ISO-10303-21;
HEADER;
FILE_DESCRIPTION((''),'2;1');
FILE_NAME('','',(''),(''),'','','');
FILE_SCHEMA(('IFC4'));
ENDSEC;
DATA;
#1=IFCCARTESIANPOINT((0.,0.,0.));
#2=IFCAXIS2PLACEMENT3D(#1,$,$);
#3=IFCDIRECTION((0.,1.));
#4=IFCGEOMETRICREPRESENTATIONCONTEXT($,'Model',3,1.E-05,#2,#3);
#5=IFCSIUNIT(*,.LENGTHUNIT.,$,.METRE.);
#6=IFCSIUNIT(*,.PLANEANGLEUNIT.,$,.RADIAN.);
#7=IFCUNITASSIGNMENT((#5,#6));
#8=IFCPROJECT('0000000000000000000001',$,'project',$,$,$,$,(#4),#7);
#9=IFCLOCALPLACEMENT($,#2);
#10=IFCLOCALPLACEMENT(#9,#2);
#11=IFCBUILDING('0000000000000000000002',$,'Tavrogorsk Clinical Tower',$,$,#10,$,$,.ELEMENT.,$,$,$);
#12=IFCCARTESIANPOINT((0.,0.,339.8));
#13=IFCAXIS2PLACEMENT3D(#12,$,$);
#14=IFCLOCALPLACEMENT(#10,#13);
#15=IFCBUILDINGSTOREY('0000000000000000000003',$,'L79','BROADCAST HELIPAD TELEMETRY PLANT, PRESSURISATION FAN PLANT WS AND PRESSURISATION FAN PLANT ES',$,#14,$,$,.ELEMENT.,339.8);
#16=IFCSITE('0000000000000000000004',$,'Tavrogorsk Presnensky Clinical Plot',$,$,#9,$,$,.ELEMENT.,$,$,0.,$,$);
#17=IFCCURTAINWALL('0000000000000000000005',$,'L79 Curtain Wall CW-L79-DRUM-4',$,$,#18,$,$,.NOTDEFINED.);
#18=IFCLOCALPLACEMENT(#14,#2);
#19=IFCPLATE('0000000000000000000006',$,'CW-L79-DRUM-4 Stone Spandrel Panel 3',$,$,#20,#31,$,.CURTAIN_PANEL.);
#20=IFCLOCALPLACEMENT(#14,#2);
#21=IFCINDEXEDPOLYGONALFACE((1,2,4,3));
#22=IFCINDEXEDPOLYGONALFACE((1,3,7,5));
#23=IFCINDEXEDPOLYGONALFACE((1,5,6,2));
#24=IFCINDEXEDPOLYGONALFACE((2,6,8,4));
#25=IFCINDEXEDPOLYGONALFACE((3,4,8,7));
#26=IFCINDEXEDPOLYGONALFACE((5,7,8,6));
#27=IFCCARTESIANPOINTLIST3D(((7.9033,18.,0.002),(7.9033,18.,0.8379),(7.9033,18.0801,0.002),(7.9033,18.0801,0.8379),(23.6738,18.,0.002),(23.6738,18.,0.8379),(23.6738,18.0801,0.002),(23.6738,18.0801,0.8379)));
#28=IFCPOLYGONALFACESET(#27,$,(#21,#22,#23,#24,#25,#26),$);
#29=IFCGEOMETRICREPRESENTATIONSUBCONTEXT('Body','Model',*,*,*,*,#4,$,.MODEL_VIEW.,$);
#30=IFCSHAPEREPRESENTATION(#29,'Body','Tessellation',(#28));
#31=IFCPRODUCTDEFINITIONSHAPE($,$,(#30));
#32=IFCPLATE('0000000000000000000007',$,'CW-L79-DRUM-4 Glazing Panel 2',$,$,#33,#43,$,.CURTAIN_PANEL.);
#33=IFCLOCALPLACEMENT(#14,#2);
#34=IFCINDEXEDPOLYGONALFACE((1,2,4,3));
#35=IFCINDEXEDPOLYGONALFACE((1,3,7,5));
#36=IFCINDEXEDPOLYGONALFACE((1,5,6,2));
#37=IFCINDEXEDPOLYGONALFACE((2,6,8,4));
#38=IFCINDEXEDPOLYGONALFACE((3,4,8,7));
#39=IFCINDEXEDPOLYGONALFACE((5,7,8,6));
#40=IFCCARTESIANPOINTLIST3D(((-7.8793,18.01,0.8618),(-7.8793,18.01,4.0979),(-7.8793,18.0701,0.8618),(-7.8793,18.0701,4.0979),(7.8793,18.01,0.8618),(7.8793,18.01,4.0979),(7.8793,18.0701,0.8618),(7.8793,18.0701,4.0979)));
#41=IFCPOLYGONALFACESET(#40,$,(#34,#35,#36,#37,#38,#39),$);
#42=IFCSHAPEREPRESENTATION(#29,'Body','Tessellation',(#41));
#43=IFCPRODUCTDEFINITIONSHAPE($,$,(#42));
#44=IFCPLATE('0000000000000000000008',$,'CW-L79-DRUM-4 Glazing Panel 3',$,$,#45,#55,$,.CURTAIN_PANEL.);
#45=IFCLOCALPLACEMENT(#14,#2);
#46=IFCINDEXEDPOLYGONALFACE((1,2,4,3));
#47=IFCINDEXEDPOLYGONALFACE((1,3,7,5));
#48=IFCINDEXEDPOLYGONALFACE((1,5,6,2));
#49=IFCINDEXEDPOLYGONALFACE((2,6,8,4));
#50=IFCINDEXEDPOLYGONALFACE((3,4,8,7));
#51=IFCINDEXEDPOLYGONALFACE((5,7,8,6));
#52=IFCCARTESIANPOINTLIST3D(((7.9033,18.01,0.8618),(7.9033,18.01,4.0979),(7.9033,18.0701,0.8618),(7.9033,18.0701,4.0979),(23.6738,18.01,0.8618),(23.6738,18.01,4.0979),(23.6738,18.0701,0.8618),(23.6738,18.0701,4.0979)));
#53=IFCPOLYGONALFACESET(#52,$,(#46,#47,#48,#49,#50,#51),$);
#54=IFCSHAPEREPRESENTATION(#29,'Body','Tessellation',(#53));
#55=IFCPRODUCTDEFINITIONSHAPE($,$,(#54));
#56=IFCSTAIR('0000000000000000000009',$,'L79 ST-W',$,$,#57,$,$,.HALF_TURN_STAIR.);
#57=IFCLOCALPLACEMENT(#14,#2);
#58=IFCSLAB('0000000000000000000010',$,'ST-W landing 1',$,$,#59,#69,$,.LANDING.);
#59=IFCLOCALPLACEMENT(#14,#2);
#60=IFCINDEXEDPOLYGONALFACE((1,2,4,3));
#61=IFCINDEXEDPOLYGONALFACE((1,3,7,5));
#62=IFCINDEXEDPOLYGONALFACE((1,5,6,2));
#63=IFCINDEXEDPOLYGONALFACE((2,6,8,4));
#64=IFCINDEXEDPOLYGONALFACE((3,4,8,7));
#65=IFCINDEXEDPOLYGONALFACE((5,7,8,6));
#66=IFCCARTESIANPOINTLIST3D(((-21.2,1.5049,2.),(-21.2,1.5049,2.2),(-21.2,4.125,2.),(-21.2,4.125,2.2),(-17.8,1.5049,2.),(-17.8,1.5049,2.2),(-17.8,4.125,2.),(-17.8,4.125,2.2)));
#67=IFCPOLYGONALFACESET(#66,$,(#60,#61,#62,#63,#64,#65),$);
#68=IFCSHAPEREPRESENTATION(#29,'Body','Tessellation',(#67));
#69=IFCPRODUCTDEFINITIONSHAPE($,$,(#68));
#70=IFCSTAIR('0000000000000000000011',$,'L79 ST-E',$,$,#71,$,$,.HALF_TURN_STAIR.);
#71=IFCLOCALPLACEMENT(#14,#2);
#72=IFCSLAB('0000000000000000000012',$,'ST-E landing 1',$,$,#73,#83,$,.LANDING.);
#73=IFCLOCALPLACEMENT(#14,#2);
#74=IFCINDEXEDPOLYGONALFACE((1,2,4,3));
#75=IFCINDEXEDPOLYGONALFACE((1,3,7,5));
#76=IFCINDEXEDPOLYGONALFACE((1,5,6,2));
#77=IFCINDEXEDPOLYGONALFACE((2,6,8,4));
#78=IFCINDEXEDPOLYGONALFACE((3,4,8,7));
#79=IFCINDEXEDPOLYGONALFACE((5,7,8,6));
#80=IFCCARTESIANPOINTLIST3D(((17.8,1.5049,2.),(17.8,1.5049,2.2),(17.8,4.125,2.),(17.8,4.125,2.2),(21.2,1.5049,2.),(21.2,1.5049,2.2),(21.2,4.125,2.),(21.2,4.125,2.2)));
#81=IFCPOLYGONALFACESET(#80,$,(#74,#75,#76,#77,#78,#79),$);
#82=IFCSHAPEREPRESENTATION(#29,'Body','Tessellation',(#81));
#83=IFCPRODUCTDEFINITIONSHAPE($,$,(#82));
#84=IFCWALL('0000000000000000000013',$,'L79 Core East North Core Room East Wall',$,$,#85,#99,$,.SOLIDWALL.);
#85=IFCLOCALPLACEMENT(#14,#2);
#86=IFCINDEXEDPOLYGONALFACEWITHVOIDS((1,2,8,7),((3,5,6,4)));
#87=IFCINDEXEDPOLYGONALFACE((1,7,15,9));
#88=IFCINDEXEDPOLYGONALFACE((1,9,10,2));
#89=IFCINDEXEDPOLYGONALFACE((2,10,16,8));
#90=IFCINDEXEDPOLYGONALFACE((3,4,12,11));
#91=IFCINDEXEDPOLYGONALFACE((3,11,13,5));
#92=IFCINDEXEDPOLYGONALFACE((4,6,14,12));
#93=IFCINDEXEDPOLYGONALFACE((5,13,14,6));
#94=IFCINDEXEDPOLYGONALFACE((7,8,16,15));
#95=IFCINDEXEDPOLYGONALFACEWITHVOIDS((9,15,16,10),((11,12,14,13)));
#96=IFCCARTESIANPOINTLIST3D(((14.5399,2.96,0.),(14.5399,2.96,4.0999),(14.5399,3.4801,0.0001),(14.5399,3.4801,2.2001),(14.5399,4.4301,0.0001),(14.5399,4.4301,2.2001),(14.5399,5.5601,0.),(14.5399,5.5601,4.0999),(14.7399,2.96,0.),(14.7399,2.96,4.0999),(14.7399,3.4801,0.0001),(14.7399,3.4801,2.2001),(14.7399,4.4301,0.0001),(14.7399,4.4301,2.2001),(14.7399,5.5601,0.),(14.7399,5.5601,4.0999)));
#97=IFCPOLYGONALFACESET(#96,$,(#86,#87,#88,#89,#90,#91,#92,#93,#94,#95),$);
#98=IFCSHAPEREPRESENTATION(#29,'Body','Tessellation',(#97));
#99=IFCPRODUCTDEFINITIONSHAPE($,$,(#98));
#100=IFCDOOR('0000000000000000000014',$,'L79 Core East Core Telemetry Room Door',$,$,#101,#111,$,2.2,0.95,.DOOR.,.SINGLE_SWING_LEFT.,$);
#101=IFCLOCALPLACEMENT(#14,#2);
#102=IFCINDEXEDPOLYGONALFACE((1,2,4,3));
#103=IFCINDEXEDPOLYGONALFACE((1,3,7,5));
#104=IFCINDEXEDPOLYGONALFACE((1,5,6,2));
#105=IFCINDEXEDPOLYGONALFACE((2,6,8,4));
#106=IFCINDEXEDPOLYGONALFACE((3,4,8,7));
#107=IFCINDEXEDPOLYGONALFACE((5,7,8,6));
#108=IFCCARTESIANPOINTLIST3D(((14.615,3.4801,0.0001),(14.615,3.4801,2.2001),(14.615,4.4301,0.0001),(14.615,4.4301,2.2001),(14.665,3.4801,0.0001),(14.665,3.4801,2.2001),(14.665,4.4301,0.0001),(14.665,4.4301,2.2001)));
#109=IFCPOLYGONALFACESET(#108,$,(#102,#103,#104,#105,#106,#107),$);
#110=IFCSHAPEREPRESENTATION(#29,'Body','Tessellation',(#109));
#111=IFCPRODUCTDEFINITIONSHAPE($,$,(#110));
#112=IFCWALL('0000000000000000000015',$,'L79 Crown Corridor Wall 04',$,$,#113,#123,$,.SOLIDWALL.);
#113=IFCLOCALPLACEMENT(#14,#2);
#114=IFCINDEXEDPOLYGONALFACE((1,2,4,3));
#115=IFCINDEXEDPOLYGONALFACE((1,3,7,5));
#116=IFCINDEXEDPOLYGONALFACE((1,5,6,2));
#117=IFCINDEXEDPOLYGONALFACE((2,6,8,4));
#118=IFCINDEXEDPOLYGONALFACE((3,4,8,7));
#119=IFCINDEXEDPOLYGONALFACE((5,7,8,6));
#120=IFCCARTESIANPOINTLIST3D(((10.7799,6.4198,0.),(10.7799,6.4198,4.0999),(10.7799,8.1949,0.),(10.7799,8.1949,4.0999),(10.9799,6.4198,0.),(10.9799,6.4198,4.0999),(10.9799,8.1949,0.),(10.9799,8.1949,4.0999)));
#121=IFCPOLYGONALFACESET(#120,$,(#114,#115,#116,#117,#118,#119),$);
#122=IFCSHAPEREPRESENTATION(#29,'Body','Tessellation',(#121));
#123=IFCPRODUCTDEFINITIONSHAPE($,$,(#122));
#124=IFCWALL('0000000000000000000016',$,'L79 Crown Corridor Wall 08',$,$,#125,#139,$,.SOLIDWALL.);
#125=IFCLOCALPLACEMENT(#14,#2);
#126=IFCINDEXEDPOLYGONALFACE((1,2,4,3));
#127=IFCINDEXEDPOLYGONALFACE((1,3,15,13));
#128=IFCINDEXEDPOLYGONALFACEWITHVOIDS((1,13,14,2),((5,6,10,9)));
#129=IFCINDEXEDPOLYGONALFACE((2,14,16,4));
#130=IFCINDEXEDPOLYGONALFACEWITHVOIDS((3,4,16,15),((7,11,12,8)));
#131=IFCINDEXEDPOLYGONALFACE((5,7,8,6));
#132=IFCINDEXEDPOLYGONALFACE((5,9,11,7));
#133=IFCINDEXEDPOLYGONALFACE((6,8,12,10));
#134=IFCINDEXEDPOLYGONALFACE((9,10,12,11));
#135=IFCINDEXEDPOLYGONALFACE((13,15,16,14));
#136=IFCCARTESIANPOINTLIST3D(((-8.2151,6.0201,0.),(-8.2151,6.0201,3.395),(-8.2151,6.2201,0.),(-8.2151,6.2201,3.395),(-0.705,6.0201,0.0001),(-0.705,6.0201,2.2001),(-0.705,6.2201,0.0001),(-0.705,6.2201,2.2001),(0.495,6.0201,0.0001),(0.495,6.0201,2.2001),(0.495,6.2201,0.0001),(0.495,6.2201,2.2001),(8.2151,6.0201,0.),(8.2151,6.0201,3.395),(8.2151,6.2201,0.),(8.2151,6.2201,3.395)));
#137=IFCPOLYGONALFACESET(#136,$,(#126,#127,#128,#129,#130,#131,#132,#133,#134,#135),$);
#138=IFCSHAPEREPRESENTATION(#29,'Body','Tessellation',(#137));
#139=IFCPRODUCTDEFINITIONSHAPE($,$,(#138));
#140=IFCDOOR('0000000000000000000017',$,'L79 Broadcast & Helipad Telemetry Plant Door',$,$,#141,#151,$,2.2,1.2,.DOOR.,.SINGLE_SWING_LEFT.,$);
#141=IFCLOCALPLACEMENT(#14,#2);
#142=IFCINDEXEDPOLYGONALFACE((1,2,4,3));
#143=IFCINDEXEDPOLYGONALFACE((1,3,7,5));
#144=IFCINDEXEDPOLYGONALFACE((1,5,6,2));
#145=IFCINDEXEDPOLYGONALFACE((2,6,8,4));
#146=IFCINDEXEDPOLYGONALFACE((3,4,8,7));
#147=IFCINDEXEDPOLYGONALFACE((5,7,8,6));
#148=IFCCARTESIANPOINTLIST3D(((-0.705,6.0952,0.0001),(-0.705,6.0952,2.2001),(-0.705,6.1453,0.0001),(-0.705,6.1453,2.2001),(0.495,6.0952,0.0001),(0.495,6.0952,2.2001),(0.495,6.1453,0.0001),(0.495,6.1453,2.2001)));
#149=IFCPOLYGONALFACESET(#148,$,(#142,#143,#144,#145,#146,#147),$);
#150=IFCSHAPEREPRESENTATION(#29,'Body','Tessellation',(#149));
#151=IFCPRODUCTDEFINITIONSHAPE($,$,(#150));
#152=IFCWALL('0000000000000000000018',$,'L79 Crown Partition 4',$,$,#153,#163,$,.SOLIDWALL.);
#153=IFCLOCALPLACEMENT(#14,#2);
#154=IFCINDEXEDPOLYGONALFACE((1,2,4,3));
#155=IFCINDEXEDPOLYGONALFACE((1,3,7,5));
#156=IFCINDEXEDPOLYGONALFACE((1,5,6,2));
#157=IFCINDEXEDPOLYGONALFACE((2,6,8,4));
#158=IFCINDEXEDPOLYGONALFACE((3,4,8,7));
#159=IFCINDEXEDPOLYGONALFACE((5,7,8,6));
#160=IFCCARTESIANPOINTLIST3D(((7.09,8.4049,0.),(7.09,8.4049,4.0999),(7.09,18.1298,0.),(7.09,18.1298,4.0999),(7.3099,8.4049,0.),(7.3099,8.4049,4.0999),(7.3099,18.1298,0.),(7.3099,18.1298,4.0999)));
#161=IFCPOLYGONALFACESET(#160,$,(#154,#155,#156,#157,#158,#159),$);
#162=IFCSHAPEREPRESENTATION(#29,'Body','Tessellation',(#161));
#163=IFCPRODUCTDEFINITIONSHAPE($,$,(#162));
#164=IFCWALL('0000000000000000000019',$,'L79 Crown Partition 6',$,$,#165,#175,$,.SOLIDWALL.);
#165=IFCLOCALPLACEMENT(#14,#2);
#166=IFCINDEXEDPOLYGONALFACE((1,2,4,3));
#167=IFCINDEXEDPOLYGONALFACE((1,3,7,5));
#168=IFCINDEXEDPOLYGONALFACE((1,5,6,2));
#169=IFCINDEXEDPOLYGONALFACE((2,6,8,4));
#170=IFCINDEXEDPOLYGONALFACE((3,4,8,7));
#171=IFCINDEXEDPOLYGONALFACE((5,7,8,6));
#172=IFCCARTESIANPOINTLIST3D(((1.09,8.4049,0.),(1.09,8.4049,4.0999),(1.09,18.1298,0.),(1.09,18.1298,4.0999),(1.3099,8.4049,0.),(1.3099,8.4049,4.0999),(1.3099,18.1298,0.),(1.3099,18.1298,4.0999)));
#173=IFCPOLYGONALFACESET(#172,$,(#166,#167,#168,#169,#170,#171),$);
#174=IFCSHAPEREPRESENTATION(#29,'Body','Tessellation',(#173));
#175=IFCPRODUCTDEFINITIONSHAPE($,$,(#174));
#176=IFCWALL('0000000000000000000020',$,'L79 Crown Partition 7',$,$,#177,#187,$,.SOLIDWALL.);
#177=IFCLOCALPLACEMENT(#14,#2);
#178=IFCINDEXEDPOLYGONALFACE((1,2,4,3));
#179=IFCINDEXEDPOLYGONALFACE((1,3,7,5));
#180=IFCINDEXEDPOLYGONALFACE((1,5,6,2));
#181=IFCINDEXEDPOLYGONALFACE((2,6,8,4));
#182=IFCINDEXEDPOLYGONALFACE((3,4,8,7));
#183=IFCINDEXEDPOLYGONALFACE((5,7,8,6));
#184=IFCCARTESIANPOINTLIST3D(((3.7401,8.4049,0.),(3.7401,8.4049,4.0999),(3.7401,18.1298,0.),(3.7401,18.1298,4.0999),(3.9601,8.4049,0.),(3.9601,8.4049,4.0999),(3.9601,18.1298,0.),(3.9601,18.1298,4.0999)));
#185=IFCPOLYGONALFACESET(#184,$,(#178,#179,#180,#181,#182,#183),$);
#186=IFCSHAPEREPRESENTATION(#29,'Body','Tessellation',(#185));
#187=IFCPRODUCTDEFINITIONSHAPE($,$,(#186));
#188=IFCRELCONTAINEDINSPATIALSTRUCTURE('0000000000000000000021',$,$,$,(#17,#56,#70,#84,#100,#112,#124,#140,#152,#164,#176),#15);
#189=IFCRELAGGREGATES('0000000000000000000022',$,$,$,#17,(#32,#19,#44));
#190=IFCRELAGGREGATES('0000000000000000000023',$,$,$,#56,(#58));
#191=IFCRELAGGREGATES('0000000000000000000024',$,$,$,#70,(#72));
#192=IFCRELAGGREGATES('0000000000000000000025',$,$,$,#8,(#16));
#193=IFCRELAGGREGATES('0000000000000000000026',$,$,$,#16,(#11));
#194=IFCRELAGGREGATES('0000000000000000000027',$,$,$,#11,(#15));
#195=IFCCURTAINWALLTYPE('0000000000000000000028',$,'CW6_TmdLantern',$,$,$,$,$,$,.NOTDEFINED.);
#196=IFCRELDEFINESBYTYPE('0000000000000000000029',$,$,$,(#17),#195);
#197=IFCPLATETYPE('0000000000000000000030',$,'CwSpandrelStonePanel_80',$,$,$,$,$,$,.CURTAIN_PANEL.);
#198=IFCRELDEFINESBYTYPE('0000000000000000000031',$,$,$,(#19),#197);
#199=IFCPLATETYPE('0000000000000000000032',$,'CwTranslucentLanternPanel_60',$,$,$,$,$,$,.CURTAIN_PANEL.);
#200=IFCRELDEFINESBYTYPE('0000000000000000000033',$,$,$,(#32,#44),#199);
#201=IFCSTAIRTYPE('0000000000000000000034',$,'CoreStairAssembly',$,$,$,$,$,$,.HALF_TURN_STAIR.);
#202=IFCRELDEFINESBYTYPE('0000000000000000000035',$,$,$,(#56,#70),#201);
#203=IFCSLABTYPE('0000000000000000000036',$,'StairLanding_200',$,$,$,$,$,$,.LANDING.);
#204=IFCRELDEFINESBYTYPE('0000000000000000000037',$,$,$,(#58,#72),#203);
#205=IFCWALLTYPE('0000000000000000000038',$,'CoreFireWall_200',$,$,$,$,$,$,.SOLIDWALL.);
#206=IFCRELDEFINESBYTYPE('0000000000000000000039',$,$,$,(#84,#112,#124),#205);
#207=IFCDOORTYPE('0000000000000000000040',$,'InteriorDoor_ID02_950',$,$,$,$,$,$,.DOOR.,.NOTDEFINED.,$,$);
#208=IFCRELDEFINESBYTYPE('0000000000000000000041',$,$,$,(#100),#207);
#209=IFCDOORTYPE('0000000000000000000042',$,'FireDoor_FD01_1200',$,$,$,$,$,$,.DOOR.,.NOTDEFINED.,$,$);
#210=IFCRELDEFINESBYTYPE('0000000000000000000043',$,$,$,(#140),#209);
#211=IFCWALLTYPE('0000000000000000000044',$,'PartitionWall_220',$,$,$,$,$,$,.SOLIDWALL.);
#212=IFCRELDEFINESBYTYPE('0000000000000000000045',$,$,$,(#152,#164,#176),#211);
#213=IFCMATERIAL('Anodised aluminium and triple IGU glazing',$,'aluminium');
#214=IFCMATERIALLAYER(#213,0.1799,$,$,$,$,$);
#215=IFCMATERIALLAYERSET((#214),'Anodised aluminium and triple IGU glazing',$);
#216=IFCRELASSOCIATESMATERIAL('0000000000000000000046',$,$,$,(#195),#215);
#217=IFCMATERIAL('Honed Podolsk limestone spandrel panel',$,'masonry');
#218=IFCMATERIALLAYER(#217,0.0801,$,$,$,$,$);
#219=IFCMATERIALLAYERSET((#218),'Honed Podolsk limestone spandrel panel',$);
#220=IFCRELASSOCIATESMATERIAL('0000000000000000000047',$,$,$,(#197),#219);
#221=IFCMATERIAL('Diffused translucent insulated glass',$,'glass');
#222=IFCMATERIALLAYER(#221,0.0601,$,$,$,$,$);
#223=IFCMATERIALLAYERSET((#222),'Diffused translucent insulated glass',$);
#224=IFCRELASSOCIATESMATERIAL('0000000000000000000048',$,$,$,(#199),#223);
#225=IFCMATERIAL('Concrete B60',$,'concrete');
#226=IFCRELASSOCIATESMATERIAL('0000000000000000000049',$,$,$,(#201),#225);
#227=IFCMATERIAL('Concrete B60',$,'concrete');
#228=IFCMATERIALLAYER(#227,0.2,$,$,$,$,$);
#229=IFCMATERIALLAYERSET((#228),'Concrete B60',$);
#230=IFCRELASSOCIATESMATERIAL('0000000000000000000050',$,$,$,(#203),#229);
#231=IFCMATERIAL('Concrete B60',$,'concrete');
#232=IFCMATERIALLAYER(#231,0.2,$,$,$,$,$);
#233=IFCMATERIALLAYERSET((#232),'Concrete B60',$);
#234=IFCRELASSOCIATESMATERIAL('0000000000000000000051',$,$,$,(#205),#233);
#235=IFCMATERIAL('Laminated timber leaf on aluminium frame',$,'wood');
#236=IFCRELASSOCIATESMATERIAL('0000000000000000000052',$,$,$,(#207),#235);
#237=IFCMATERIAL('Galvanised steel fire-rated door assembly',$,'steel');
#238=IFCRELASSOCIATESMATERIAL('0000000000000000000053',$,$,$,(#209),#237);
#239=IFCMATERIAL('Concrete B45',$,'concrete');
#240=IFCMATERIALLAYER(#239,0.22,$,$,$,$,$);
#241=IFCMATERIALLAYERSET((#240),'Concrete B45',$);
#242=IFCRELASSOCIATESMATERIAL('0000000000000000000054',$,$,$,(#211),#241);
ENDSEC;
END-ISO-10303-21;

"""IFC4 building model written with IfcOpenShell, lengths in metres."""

from ifc_helpers import new_model, si_unit, direction, frame, frame_2d, origin, origin_2d, place, context, subcontext, project, spatial, polyline, rectangle, outline, extrude, material, layer, layer_set, type_object, element, fill, aggregate, save


model = new_model("IFC4")

# Units and contexts
model_context = context("Model", 3, precision=1e-05, world=origin(), true_north=direction((0.0, 1.0)))
body_context = subcontext(model_context, "Body", "Model", "MODEL_VIEW")
ifc_project = project(units=[si_unit("LENGTHUNIT", "METRE"), si_unit("PLANEANGLEUNIT", "RADIAN")], contexts=[model_context])

# Site, building, storey
site_placement = place(None, origin())
site = spatial("IfcSite", under=ifc_project, at=site_placement, Name="Tavrogorsk Presnensky Clinical Plot", CompositionType="ELEMENT", RefElevation=0.0)
building_placement = place(site_placement, origin())
building = spatial("IfcBuilding", under=site, at=building_placement, Name="Tavrogorsk Clinical Tower", CompositionType="ELEMENT")
storey_placement = place(building_placement, frame((0.0, 0.0, 339.8)))
storey = spatial("IfcBuildingStorey", under=building, at=storey_placement, Name="L79", Description="BROADCAST HELIPAD TELEMETRY PLANT, PRESSURISATION FAN PLANT WS AND PRESSURISATION FAN PLANT ES", CompositionType="ELEMENT", Elevation=339.8)

# Curtain wall
ifc_material_1 = material(Name="Anodised aluminium and triple IGU glazing", Category="aluminium")
ifc_layer_1 = layer(ifc_material_1, 0.1799)
ifc_layer_set_1 = layer_set([ifc_layer_1], Name="Anodised aluminium and triple IGU glazing")
curtain_wall_type = type_object("IfcCurtainWallType", Name="CW6_TmdLantern", PredefinedType="NOTDEFINED", material=ifc_layer_set_1)
curtain_wall_placement = place(storey_placement, origin())
curtain_wall = element("IfcCurtainWall", 1, at=curtain_wall_placement, inside=storey, type_object=curtain_wall_type, Name="L79 Curtain Wall CW-L79-DRUM-4", PredefinedType="NOTDEFINED")

# Plates
ifc_material_2 = material(Name="Honed Podolsk limestone spandrel panel", Category="masonry")
ifc_layer_2 = layer(ifc_material_2, 0.0801)
ifc_layer_set_2 = layer_set([ifc_layer_2], Name="Honed Podolsk limestone spandrel panel")
plate_type_1 = type_object("IfcPlateType", Name="CwSpandrelStonePanel_80", PredefinedType="CURTAIN_PANEL", material=ifc_layer_set_2)
plate_1_placement = place(storey_placement, frame((15.7886, 18.04, 0.002), z_axis=(0.0, 0.0, 1.0), x_axis=(1.0, 0.0, 0.0)))
plate_1 = element("IfcPlate", 2, at=plate_1_placement, type_object=plate_type_1, Name="CW-L79-DRUM-4 Stone Spandrel Panel 3", PredefinedType="CURTAIN_PANEL", context=body_context, shape_type="SweptSolid", body=[
    extrude(rectangle(XDim=15.7705, YDim=0.0801, at=origin_2d()), origin(), (0.0, 0.0, 1.0), 0.8359),
])
ifc_material_3 = material(Name="Diffused translucent insulated glass", Category="glass")
ifc_layer_3 = layer(ifc_material_3, 0.0601)
ifc_layer_set_3 = layer_set([ifc_layer_3], Name="Diffused translucent insulated glass")
plate_type_2 = type_object("IfcPlateType", Name="CwTranslucentLanternPanel_60", PredefinedType="CURTAIN_PANEL", material=ifc_layer_set_3)
plate_2_placement = place(storey_placement, frame((0.0, 18.04, 0.8618), z_axis=(0.0, 0.0, 1.0), x_axis=(1.0, 0.0, 0.0)))
plate_2 = element("IfcPlate", 3, at=plate_2_placement, type_object=plate_type_2, Name="CW-L79-DRUM-4 Glazing Panel 2", PredefinedType="CURTAIN_PANEL", context=body_context, shape_type="SweptSolid", body=[
    extrude(rectangle(XDim=15.7585, YDim=0.0601, at=origin_2d()), origin(), (0.0, 0.0, 1.0), 3.2361),
])
plate_3_placement = place(storey_placement, frame((15.7886, 18.04, 0.8618), z_axis=(0.0, 0.0, 1.0), x_axis=(1.0, 0.0, 0.0)))
plate_3 = element("IfcPlate", 4, at=plate_3_placement, type_object=plate_type_2, Name="CW-L79-DRUM-4 Glazing Panel 3", PredefinedType="CURTAIN_PANEL", context=body_context, shape_type="SweptSolid", body=[
    extrude(rectangle(XDim=15.7705, YDim=0.0601, at=origin_2d()), origin(), (0.0, 0.0, 1.0), 3.2361),
])
aggregate(curtain_wall, [plate_2, plate_1, plate_3])

# Stairs, slabs
ifc_material_4 = material(Name="Concrete B60", Category="concrete")
stair_type = type_object("IfcStairType", Name="CoreStairAssembly", PredefinedType="HALF_TURN_STAIR", material=ifc_material_4)
stair_1_placement = place(storey_placement, origin())
stair_1 = element("IfcStair", 5, at=stair_1_placement, inside=storey, type_object=stair_type, Name="L79 ST-W", PredefinedType="HALF_TURN_STAIR")
ifc_material_5 = material(Name="Concrete B60", Category="concrete")
ifc_layer_4 = layer(ifc_material_5, 0.2)
ifc_layer_set_4 = layer_set([ifc_layer_4], Name="Concrete B60")
slab_type = type_object("IfcSlabType", Name="StairLanding_200", PredefinedType="LANDING", material=ifc_layer_set_4)
slab_1_placement = place(storey_placement, frame((0.0, 0.0, 2.0)))
slab_1 = element("IfcSlab", 6, at=slab_1_placement, type_object=slab_type, Name="ST-W landing 1", PredefinedType="LANDING", context=body_context, shape_type="SweptSolid", body=[
    extrude(outline(polyline([(-17.8, 1.5049), (-17.8, 4.125), (-21.2, 4.125), (-21.2, 1.5049), (-17.8, 1.5049)])), origin(), (0.0, 0.0, 1.0), 0.2),
])
aggregate(stair_1, [slab_1])
stair_2_placement = place(storey_placement, origin())
stair_2 = element("IfcStair", 7, at=stair_2_placement, inside=storey, type_object=stair_type, Name="L79 ST-E", PredefinedType="HALF_TURN_STAIR")
slab_2_placement = place(storey_placement, frame((0.0, 0.0, 2.0)))
slab_2 = element("IfcSlab", 8, at=slab_2_placement, type_object=slab_type, Name="ST-E landing 1", PredefinedType="LANDING", context=body_context, shape_type="SweptSolid", body=[
    extrude(outline(polyline([(21.2, 1.5049), (21.2, 4.125), (17.8, 4.125), (17.8, 1.5049), (21.2, 1.5049)])), origin(), (0.0, 0.0, 1.0), 0.2),
])
aggregate(stair_2, [slab_2])

# Wall, opening, door
ifc_material_6 = material(Name="Concrete B60", Category="concrete")
ifc_layer_5 = layer(ifc_material_6, 0.2)
ifc_layer_set_5 = layer_set([ifc_layer_5], Name="Concrete B60")
wall_type_1 = type_object("IfcWallType", Name="CoreFireWall_200", PredefinedType="SOLIDWALL", material=ifc_layer_set_5)
wall_1_placement = place(storey_placement, frame((14.6399, 2.96, 0.0), z_axis=(0.0, 0.0, 1.0), x_axis=(0.0, 1.0, 0.0)))
wall_1 = element("IfcWall", 9, at=wall_1_placement, inside=storey, type_object=wall_type_1, Name="L79 Core East North Core Room East Wall", PredefinedType="SOLIDWALL", context=body_context, shape_type="SweptSolid", body=[
    extrude(rectangle(XDim=2.6001, YDim=0.2, at=frame_2d((1.3, 0.0))), origin(), (0.0, 0.0, 1.0), 4.0999),
])
opening_1_placement = place(wall_1_placement, frame((0.52, 0.0, 0.0)))
opening_1 = element("IfcOpeningElement", 10, at=opening_1_placement, cuts=wall_1, PredefinedType="OPENING", context=body_context, shape_type="SweptSolid", body=[
    extrude(rectangle(XDim=0.95, YDim=2.2, at=frame_2d((0.4751, 1.1001))), frame((0.0, 0.1099, 0.0), z_axis=(0.0, -1.0, 0.0), x_axis=(1.0, 0.0, 0.0)), (0.0, 0.0, 1.0), 0.22),
])
ifc_material_7 = material(Name="Laminated timber leaf on aluminium frame", Category="wood")
door_type_1 = type_object("IfcDoorType", Name="InteriorDoor_ID02_950", OperationType="NOTDEFINED", PredefinedType="DOOR", material=ifc_material_7)
door_1_placement = place(opening_1_placement, origin())
door_1 = element("IfcDoor", 11, at=door_1_placement, inside=storey, type_object=door_type_1, Name="L79 Core East Core Telemetry Room Door", OperationType="SINGLE_SWING_LEFT", OverallHeight=2.2, OverallWidth=0.95, PredefinedType="DOOR", context=body_context, shape_type="SweptSolid", body=[
    extrude(rectangle(XDim=0.95, YDim=2.2, at=frame_2d((0.4751, 1.1001))), frame((0.0, 0.0249, 0.0), z_axis=(0.0, -1.0, 0.0), x_axis=(1.0, 0.0, 0.0)), (0.0, 0.0, 1.0), 0.05),
])
fill(opening_1, door_1)

# Wall
wall_2_placement = place(storey_placement, frame((10.8799, 8.1951, 0.0), z_axis=(0.0, 0.0, 1.0), x_axis=(0.0, -1.0, 0.0)))
element("IfcWall", 12, at=wall_2_placement, inside=storey, type_object=wall_type_1, Name="L79 Crown Corridor Wall 04", PredefinedType="SOLIDWALL", context=body_context, shape_type="SweptSolid", body=[
    extrude(rectangle(XDim=1.7751, YDim=0.2, at=frame_2d((0.8877, 0.0))), origin(), (0.0, 0.0, 1.0), 4.0999),
])

# Wall, opening, door
wall_3_placement = place(storey_placement, frame((8.2151, 6.1201, 0.0), z_axis=(0.0, 0.0, 1.0), x_axis=(-1.0, 0.0, 0.0)))
wall_3 = element("IfcWall", 13, at=wall_3_placement, inside=storey, type_object=wall_type_1, Name="L79 Crown Corridor Wall 08", PredefinedType="SOLIDWALL", context=body_context, shape_type="SweptSolid", body=[
    extrude(rectangle(XDim=16.4302, YDim=0.2, at=frame_2d((8.2151, 0.0))), origin(), (0.0, 0.0, 1.0), 3.395),
])
opening_2_placement = place(wall_3_placement, frame((7.72, 0.0, 0.0)))
opening_2 = element("IfcOpeningElement", 14, at=opening_2_placement, cuts=wall_3, PredefinedType="OPENING", context=body_context, shape_type="SweptSolid", body=[
    extrude(rectangle(XDim=1.2, YDim=2.2, at=frame_2d((0.6001, 1.1001))), frame((0.0, 0.1099, 0.0), z_axis=(0.0, -1.0, 0.0), x_axis=(1.0, 0.0, 0.0)), (0.0, 0.0, 1.0), 0.22),
])
ifc_material_8 = material(Name="Galvanised steel fire-rated door assembly", Category="steel")
door_type_2 = type_object("IfcDoorType", Name="FireDoor_FD01_1200", OperationType="NOTDEFINED", PredefinedType="DOOR", material=ifc_material_8)
door_2_placement = place(opening_2_placement, origin())
door_2 = element("IfcDoor", 15, at=door_2_placement, inside=storey, type_object=door_type_2, Name="L79 Broadcast & Helipad Telemetry Plant Door", OperationType="SINGLE_SWING_LEFT", OverallHeight=2.2, OverallWidth=1.2, PredefinedType="DOOR", context=body_context, shape_type="SweptSolid", body=[
    extrude(rectangle(XDim=1.2, YDim=2.2, at=frame_2d((0.6001, 1.1001))), frame((0.0, 0.0249, 0.0), z_axis=(0.0, -1.0, 0.0), x_axis=(1.0, 0.0, 0.0)), (0.0, 0.0, 1.0), 0.05),
])
fill(opening_2, door_2)

# Walls
ifc_material_9 = material(Name="Concrete B45", Category="concrete")
ifc_layer_6 = layer(ifc_material_9, 0.22)
ifc_layer_set_6 = layer_set([ifc_layer_6], Name="Concrete B45")
wall_type_2 = type_object("IfcWallType", Name="PartitionWall_220", PredefinedType="SOLIDWALL", material=ifc_layer_set_6)
for number, where, z_axis, x_axis, name in (
    (16, (7.2, 8.405, 0.0), (0.0, 0.0, 1.0), (0.0, 1.0, 0.0), "L79 Crown Partition 4"),
    (17, (1.2, 8.405, 0.0), (0.0, 0.0, 1.0), (0.0, 1.0, 0.0), "L79 Crown Partition 6"),
    (18, (3.8501, 8.405, 0.0), (0.0, 0.0, 1.0), (0.0, 1.0, 0.0), "L79 Crown Partition 7"),
):
    element("IfcWall", number, at=place(storey_placement, frame(where, z_axis=z_axis, x_axis=x_axis)), inside=storey, type_object=wall_type_2, Name=name, PredefinedType="SOLIDWALL", context=body_context, shape_type="SweptSolid", body=[
        extrude(rectangle(XDim=9.7249, YDim=0.22, at=frame_2d((4.8623, 0.0))), origin(), (0.0, 0.0, 1.0), 4.0999),
    ])

save(model, "model.ifc")
